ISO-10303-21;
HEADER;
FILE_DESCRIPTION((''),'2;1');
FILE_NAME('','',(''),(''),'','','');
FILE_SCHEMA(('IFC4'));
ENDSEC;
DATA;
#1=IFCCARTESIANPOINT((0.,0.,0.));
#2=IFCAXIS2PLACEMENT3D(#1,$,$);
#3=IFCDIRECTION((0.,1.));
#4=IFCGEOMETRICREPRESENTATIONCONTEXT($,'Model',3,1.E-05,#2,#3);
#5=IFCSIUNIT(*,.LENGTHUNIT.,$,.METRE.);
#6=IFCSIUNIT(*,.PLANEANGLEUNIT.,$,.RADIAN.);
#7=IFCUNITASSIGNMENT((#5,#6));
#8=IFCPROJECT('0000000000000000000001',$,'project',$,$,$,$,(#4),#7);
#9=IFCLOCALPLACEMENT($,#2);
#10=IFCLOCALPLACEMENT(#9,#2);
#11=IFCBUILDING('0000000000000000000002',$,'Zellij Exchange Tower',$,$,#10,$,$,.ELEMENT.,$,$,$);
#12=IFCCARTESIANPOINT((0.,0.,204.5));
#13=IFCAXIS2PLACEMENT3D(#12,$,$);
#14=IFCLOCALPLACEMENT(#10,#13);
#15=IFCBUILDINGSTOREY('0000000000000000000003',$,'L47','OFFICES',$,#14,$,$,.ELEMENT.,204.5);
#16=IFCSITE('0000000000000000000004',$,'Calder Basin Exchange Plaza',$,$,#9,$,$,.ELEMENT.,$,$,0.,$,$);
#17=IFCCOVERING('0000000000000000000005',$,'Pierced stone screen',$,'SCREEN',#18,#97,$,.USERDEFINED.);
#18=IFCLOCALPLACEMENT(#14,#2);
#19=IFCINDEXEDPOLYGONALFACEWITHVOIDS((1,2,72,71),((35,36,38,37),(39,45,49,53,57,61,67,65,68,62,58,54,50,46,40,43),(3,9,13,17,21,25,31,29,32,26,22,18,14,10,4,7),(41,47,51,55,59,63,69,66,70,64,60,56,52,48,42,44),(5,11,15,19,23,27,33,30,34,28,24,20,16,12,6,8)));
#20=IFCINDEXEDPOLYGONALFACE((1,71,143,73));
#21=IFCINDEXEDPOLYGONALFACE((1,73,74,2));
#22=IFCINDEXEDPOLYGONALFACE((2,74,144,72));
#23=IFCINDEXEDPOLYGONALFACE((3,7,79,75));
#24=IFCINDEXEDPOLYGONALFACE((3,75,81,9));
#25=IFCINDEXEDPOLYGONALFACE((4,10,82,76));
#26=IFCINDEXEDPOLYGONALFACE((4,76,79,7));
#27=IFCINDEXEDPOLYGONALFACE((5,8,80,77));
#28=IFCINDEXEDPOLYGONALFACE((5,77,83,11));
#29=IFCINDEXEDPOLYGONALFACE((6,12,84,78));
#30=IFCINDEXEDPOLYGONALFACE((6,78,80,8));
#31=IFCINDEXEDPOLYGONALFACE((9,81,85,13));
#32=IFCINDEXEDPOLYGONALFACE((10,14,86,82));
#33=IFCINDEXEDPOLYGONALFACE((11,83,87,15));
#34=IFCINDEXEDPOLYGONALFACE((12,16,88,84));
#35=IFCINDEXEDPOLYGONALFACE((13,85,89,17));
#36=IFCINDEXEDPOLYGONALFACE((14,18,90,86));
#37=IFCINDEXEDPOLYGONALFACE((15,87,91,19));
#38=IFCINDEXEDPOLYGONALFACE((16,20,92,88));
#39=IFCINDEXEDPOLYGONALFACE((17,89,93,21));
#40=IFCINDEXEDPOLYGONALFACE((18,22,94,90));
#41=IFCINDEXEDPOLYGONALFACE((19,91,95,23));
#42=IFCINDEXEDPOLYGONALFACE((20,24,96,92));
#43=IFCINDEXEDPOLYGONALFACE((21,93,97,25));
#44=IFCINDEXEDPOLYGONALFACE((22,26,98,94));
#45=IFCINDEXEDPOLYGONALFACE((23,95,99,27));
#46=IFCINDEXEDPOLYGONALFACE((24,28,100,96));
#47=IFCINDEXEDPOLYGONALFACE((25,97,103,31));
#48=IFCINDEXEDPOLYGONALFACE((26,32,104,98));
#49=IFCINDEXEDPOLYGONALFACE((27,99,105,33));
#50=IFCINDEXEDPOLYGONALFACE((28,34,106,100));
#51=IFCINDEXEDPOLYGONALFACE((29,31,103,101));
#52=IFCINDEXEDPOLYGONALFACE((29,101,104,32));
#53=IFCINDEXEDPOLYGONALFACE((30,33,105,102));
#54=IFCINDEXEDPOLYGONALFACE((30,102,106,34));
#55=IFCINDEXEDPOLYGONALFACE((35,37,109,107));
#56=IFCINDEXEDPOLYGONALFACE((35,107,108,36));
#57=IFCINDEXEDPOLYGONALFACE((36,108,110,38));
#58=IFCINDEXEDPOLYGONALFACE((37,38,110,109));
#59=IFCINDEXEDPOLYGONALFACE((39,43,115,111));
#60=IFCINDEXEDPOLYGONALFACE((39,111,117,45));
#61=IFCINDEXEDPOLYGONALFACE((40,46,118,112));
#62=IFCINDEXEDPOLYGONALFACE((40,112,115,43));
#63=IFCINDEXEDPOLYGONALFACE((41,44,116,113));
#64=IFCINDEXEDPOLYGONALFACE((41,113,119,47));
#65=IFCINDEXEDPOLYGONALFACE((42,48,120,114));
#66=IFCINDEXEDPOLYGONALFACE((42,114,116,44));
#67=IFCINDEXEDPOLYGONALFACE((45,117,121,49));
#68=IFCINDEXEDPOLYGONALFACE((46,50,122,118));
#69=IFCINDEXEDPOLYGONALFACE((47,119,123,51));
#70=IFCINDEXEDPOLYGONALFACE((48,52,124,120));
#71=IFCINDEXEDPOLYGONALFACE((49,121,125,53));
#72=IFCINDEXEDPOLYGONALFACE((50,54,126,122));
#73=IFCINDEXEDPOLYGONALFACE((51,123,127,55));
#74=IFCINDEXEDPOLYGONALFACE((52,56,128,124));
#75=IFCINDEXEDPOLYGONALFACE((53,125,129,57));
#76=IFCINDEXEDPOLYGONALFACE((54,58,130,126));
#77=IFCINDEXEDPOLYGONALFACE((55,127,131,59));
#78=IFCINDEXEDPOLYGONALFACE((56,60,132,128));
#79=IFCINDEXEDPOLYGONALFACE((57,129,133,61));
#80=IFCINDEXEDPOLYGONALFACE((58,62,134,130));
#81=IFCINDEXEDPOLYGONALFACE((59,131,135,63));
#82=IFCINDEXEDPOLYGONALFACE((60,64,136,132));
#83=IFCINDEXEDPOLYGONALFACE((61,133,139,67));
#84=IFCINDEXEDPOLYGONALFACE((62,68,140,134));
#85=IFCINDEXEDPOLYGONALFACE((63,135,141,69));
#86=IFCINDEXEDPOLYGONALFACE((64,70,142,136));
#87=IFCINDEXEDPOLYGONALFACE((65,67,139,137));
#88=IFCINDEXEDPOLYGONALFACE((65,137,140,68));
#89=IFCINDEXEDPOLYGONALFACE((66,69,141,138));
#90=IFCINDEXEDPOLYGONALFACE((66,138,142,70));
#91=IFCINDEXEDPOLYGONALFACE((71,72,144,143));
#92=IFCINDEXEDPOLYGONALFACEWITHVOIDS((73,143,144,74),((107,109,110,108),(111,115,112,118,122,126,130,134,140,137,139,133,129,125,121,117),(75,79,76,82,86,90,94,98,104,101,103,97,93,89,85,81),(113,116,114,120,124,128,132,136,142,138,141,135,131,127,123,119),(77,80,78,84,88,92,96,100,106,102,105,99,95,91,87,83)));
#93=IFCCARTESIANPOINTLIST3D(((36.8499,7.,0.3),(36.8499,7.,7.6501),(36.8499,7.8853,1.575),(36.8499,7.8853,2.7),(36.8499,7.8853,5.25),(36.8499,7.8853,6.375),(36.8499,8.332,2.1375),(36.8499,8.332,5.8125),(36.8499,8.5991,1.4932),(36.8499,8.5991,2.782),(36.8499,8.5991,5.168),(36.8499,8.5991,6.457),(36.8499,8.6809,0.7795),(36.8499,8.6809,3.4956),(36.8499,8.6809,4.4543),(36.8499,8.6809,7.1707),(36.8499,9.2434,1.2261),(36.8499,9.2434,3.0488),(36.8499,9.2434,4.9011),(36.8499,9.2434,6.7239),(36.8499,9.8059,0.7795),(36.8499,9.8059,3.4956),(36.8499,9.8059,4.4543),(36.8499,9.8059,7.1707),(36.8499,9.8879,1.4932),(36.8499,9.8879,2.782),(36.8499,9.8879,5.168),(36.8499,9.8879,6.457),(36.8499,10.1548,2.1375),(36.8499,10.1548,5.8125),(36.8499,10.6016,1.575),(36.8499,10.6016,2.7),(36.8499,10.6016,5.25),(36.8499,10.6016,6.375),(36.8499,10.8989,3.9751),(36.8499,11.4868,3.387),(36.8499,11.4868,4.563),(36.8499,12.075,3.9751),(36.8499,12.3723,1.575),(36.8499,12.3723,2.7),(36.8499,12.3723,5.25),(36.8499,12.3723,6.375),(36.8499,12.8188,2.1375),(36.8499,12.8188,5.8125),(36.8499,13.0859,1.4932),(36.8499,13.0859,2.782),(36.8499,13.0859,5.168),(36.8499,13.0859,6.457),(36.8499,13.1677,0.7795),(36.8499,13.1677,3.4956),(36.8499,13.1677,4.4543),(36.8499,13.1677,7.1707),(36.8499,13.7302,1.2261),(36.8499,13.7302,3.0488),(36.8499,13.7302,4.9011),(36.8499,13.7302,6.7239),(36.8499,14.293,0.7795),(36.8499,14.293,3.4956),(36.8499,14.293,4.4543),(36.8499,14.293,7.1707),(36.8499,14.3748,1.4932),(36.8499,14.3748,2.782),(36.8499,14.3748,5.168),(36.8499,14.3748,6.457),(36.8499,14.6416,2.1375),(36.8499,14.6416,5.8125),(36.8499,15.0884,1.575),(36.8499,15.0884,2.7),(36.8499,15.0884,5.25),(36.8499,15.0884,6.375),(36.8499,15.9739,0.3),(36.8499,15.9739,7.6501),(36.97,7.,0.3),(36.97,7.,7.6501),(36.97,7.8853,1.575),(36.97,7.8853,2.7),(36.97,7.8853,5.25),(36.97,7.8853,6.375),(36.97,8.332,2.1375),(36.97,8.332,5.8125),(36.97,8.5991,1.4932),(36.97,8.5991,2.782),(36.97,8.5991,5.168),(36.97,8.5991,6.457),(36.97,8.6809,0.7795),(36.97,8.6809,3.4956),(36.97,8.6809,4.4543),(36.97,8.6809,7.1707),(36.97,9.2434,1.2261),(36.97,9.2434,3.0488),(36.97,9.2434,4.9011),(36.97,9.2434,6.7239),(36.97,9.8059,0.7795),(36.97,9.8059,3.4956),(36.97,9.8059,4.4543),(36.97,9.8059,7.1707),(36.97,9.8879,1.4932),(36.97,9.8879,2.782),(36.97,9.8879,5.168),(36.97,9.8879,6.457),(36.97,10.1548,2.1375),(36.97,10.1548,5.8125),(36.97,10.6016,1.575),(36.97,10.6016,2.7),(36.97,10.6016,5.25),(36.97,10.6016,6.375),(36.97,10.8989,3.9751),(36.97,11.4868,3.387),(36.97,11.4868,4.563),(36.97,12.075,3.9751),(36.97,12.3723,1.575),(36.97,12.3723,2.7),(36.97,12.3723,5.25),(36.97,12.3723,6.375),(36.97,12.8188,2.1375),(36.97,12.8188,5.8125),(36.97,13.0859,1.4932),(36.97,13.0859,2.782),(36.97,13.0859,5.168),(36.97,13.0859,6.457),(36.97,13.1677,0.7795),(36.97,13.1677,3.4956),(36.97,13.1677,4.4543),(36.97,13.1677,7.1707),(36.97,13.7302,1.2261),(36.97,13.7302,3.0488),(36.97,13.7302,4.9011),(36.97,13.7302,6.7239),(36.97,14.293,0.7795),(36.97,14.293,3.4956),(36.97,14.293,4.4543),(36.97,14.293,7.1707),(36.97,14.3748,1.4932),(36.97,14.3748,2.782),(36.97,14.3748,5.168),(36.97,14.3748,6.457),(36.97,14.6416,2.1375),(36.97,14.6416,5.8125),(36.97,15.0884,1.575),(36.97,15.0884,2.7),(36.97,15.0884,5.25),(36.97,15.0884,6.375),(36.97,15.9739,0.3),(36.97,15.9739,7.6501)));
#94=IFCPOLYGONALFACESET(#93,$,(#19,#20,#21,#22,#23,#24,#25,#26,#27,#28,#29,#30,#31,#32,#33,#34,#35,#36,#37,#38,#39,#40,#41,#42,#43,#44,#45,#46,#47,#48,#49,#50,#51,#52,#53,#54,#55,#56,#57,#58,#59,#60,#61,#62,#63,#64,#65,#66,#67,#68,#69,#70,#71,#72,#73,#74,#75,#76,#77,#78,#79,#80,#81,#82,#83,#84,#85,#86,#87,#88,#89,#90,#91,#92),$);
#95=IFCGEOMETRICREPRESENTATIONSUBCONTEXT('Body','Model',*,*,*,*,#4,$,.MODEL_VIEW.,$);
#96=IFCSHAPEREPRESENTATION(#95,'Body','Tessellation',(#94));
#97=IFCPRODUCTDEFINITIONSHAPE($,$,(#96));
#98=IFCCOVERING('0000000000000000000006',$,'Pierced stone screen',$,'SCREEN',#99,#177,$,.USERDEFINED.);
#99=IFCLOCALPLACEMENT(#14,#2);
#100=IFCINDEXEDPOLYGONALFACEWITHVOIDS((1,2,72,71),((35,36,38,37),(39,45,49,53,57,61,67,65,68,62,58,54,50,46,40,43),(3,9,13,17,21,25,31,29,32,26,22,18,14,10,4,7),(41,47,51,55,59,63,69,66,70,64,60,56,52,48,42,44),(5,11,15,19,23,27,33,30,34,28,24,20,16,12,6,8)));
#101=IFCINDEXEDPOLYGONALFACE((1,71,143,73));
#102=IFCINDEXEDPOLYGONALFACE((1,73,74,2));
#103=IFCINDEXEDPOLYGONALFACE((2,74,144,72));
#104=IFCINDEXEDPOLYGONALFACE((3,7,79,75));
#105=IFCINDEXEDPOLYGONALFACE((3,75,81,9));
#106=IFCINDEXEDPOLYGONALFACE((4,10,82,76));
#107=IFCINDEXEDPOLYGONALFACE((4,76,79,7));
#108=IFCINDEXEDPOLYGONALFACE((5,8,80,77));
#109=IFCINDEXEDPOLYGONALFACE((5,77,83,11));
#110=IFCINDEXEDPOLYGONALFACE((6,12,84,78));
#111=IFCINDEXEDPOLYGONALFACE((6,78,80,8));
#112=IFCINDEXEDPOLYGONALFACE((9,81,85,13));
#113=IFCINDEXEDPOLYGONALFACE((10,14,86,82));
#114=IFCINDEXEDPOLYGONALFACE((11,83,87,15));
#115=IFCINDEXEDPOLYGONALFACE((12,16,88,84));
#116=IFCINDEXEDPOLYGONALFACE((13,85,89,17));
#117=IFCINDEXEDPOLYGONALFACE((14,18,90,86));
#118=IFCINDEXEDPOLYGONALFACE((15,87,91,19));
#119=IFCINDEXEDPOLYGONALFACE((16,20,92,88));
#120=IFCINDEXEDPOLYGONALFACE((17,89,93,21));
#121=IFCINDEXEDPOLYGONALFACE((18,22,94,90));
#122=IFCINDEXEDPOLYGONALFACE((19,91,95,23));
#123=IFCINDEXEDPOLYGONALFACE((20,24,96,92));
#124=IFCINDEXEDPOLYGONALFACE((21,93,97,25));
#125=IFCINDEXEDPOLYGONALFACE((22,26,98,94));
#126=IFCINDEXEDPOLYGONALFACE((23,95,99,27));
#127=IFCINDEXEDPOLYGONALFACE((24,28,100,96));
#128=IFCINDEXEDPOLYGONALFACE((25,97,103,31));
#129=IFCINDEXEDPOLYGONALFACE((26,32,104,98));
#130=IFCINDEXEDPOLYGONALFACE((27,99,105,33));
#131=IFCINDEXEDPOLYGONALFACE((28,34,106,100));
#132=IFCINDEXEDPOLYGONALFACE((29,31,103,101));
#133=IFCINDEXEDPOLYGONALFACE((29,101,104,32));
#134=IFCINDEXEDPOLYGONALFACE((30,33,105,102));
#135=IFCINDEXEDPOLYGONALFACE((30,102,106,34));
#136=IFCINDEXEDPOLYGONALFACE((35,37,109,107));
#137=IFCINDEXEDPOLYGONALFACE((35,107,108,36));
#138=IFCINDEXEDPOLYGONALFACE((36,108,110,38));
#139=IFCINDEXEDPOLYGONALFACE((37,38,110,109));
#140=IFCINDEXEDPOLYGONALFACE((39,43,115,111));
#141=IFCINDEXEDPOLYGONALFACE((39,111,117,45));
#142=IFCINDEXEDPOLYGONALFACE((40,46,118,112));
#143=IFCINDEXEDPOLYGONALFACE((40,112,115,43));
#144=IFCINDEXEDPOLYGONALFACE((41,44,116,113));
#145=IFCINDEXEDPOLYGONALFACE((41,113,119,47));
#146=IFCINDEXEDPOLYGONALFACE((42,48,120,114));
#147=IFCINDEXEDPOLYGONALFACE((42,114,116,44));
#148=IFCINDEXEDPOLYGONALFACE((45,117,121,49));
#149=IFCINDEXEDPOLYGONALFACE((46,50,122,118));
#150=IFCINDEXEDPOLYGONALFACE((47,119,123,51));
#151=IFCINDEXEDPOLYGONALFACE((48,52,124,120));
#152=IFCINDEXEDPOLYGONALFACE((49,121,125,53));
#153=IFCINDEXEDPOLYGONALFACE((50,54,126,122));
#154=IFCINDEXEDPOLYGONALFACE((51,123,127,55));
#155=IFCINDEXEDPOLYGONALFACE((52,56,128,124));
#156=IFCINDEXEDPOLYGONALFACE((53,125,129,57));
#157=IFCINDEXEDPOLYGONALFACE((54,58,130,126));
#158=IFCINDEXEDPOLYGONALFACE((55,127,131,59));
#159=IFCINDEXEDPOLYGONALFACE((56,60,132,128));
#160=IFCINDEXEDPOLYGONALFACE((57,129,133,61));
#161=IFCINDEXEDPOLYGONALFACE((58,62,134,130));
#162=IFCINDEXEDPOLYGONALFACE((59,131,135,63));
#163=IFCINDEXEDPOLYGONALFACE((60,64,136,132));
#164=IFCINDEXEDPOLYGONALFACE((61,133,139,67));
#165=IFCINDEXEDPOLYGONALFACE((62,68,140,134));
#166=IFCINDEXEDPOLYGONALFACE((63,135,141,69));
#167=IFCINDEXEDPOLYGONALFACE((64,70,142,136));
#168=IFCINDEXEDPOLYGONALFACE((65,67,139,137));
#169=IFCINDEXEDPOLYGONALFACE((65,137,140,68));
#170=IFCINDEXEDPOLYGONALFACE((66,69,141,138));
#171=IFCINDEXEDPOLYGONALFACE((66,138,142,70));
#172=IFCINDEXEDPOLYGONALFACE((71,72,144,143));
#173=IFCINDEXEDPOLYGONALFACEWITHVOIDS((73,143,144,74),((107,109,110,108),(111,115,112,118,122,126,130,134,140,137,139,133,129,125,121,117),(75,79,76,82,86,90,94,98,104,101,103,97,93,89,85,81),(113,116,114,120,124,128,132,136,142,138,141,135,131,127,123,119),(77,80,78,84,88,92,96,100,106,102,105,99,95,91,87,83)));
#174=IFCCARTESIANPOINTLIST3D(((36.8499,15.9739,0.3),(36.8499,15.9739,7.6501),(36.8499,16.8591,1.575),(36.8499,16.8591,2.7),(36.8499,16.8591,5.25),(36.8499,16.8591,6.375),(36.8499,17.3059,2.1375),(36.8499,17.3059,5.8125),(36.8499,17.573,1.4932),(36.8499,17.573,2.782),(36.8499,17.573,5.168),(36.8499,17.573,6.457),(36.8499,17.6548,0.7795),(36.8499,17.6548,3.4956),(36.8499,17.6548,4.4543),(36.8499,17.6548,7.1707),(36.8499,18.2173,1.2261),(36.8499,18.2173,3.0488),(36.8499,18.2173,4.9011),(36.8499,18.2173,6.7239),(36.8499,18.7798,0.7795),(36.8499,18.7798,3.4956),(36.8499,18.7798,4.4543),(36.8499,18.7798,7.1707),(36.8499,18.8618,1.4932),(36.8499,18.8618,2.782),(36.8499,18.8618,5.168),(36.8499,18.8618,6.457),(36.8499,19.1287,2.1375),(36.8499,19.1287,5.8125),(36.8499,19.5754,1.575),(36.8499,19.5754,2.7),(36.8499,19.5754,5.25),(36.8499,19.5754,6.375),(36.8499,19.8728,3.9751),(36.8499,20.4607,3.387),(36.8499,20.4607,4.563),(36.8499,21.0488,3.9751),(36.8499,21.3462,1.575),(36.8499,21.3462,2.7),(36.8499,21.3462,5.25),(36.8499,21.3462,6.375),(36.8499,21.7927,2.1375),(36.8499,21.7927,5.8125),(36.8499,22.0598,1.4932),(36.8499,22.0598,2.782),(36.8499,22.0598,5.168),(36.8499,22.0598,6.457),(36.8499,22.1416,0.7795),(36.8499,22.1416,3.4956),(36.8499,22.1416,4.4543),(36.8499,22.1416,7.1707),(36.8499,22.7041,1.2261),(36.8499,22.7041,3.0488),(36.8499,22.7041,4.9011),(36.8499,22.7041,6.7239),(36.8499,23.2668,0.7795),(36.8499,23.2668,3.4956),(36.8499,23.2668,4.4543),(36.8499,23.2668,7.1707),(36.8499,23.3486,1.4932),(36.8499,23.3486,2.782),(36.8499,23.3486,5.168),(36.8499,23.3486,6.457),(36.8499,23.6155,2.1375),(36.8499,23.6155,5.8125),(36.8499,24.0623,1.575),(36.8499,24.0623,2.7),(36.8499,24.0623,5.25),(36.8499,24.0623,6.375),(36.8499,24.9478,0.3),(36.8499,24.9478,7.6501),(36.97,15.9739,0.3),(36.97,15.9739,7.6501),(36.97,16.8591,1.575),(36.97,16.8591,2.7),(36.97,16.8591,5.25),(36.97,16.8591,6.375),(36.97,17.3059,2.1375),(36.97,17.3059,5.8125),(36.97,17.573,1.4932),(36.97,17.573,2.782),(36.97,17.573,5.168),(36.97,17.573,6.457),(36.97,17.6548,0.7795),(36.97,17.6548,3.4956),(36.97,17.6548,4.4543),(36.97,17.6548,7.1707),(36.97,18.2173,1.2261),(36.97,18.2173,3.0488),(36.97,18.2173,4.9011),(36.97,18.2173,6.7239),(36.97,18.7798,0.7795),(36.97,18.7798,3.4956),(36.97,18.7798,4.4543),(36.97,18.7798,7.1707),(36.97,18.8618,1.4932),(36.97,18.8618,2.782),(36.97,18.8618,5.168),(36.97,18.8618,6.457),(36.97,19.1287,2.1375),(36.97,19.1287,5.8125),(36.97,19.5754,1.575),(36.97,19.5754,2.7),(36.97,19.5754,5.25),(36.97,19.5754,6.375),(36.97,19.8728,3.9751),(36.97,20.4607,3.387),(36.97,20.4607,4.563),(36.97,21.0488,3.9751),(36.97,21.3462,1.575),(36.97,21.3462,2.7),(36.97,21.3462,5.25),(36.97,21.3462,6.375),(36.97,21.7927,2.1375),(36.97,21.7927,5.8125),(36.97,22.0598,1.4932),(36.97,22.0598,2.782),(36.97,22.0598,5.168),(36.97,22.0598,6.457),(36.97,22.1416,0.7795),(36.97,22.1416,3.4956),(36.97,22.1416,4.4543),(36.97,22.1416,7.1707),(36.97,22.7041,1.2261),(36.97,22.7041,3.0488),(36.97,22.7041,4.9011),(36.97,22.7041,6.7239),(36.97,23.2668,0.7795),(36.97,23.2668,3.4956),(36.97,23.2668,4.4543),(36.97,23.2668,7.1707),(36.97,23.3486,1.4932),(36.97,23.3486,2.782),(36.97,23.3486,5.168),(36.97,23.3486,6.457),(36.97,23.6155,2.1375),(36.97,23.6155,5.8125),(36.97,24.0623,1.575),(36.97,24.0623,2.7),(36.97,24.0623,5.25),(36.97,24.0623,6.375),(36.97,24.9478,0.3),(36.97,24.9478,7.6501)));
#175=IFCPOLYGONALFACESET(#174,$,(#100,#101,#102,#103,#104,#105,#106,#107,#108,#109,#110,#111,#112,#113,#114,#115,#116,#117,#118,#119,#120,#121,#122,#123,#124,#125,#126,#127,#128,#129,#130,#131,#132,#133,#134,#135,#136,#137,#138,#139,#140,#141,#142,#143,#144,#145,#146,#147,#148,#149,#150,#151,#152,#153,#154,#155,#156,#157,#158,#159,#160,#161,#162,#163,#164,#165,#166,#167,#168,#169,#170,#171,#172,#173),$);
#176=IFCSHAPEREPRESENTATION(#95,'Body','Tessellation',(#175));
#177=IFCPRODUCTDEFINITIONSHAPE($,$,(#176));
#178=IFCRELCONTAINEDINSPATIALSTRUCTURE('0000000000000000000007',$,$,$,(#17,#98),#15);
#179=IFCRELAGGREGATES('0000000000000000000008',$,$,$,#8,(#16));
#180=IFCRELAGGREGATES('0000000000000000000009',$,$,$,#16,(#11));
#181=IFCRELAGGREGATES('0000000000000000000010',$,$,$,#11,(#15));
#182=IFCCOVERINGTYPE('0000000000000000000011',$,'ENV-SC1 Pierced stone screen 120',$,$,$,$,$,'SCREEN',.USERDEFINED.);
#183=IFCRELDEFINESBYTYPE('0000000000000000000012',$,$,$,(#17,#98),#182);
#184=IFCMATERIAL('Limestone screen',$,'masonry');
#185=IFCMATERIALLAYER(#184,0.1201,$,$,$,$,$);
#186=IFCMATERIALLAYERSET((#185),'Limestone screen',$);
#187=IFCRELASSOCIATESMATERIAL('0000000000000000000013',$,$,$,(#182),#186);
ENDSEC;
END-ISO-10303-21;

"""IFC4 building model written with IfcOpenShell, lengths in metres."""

from ifc_helpers import new_model, si_unit, direction, frame, origin, place, context, subcontext, project, spatial, polyline, outline, extrude, material, layer, layer_set, type_object, element, save


model = new_model("IFC4")

# Units and contexts
model_context = context("Model", 3, precision=1e-05, world=origin(), true_north=direction((0.0, 1.0)))
body_context = subcontext(model_context, "Body", "Model", "MODEL_VIEW")
ifc_project = project(units=[si_unit("LENGTHUNIT", "METRE"), si_unit("PLANEANGLEUNIT", "RADIAN")], contexts=[model_context])

# Site, building, storey
site_placement = place(None, origin())
site = spatial("IfcSite", under=ifc_project, at=site_placement, Name="Calder Basin Exchange Plaza", CompositionType="ELEMENT", RefElevation=0.0)
building_placement = place(site_placement, origin())
building = spatial("IfcBuilding", under=site, at=building_placement, Name="Zellij Exchange Tower", CompositionType="ELEMENT")
storey_placement = place(building_placement, frame((0.0, 0.0, 204.5)))
storey = spatial("IfcBuildingStorey", under=building, at=storey_placement, Name="L47", Description="OFFICES", CompositionType="ELEMENT", Elevation=204.5)

# Coverings
ifc_material_1 = material(Name="Limestone screen", Category="masonry")
ifc_layer_1 = layer(ifc_material_1, 0.1201)
ifc_layer_set_1 = layer_set([ifc_layer_1], Name="Limestone screen")
covering_type = type_object("IfcCoveringType", Name="ENV-SC1 Pierced stone screen 120", ElementType="SCREEN", PredefinedType="USERDEFINED", material=ifc_layer_set_1)
covering_1_placement = place(storey_placement, frame((36.9099, 7.0, 0.3), z_axis=(0.0, 0.0, 1.0), x_axis=(0.0, 1.0, 0.0)))
element("IfcCovering", 1, at=covering_1_placement, inside=storey, type_object=covering_type, Name="Pierced stone screen", ObjectType="SCREEN", PredefinedType="USERDEFINED", context=body_context, shape_type="SweptSolid", body=[
    extrude(outline(polyline([(0.0, 0.0), (8.9739, 0.0), (8.9739, 7.3501), (0.0, 7.3501), (0.0, 0.0)]), holes=[polyline([(3.6016, 2.3999), (2.8879, 2.4819), (2.8059, 3.1956), (2.2434, 2.7488), (1.6809, 3.1956), (1.5991, 2.4819), (0.8853, 2.3999), (1.332, 1.8374), (0.8853, 1.2749), (1.5991, 1.1931), (1.6809, 0.4795), (2.2434, 0.926), (2.8059, 0.4795), (2.8879, 1.1931), (3.6016, 1.2749), (3.1548, 1.8374), (3.6016, 2.3999)]), polyline([(3.6016, 6.075), (2.8879, 6.157), (2.8059, 6.8706), (2.2434, 6.4238), (1.6809, 6.8706), (1.5991, 6.157), (0.8853, 6.075), (1.332, 5.5125), (0.8853, 4.95), (1.5991, 4.8679), (1.6809, 4.1543), (2.2434, 4.6011), (2.8059, 4.1543), (2.8879, 4.8679), (3.6016, 4.95), (3.1548, 5.5125), (3.6016, 6.075)]), polyline([(8.0884, 2.3999), (7.3748, 2.4819), (7.293, 3.1956), (6.7302, 2.7488), (6.1677, 3.1956), (6.0859, 2.4819), (5.3723, 2.3999), (5.8188, 1.8374), (5.3723, 1.2749), (6.0859, 1.1931), (6.1677, 0.4795), (6.7302, 0.926), (7.293, 0.4795), (7.3748, 1.1931), (8.0884, 1.2749), (7.6416, 1.8374), (8.0884, 2.3999)]), polyline([(8.0884, 6.075), (7.3748, 6.157), (7.293, 6.8706), (6.7302, 6.4238), (6.1677, 6.8706), (6.0859, 6.157), (5.3723, 6.075), (5.8188, 5.5125), (5.3723, 4.95), (6.0859, 4.8679), (6.1677, 4.1543), (6.7302, 4.6011), (7.293, 4.1543), (7.3748, 4.8679), (8.0884, 4.95), (7.6416, 5.5125), (8.0884, 6.075)]), polyline([(5.075, 3.675), (4.4868, 4.2629), (3.8989, 3.675), (4.4868, 3.0869), (5.075, 3.675)])]), frame((0.0, 0.0601, 0.0), z_axis=(0.0, -1.0, 0.0), x_axis=(1.0, 0.0, 0.0)), (0.0, 0.0, 1.0), 0.1201),
])
covering_2_placement = place(storey_placement, frame((36.9099, 15.9739, 0.3), z_axis=(0.0, 0.0, 1.0), x_axis=(0.0, 1.0, 0.0)))
element("IfcCovering", 2, at=covering_2_placement, inside=storey, type_object=covering_type, Name="Pierced stone screen", ObjectType="SCREEN", PredefinedType="USERDEFINED", context=body_context, shape_type="SweptSolid", body=[
    extrude(outline(polyline([(0.0, 0.0), (8.9739, 0.0), (8.9739, 7.3501), (0.0, 7.3501), (0.0, 0.0)]), holes=[polyline([(3.6016, 2.3999), (2.8879, 2.4819), (2.8059, 3.1956), (2.2434, 2.7488), (1.6809, 3.1956), (1.5991, 2.4819), (0.8853, 2.3999), (1.332, 1.8374), (0.8853, 1.2749), (1.5991, 1.1931), (1.6809, 0.4795), (2.2434, 0.926), (2.8059, 0.4795), (2.8879, 1.1931), (3.6016, 1.2749), (3.1548, 1.8374), (3.6016, 2.3999)]), polyline([(3.6016, 6.075), (2.8879, 6.157), (2.8059, 6.8706), (2.2434, 6.4238), (1.6809, 6.8706), (1.5991, 6.157), (0.8853, 6.075), (1.332, 5.5125), (0.8853, 4.95), (1.5991, 4.8679), (1.6809, 4.1543), (2.2434, 4.6011), (2.8059, 4.1543), (2.8879, 4.8679), (3.6016, 4.95), (3.1548, 5.5125), (3.6016, 6.075)]), polyline([(8.0884, 2.3999), (7.3748, 2.4819), (7.293, 3.1956), (6.7302, 2.7488), (6.1677, 3.1956), (6.0859, 2.4819), (5.3723, 2.3999), (5.8188, 1.8374), (5.3723, 1.2749), (6.0859, 1.1931), (6.1677, 0.4795), (6.7302, 0.926), (7.293, 0.4795), (7.3748, 1.1931), (8.0884, 1.2749), (7.6416, 1.8374), (8.0884, 2.3999)]), polyline([(8.0884, 6.075), (7.3748, 6.157), (7.293, 6.8706), (6.7302, 6.4238), (6.1677, 6.8706), (6.0859, 6.157), (5.3723, 6.075), (5.8188, 5.5125), (5.3723, 4.95), (6.0859, 4.8679), (6.1677, 4.1543), (6.7302, 4.6011), (7.293, 4.1543), (7.3748, 4.8679), (8.0884, 4.95), (7.6416, 5.5125), (8.0884, 6.075)]), polyline([(5.075, 3.675), (4.4868, 4.2629), (3.8989, 3.675), (4.4868, 3.0869), (5.075, 3.675)])]), frame((0.0, 0.0601, 0.0), z_axis=(0.0, -1.0, 0.0), x_axis=(1.0, 0.0, 0.0)), (0.0, 0.0, 1.0), 0.1201),
])

save(model, "model.ifc")
